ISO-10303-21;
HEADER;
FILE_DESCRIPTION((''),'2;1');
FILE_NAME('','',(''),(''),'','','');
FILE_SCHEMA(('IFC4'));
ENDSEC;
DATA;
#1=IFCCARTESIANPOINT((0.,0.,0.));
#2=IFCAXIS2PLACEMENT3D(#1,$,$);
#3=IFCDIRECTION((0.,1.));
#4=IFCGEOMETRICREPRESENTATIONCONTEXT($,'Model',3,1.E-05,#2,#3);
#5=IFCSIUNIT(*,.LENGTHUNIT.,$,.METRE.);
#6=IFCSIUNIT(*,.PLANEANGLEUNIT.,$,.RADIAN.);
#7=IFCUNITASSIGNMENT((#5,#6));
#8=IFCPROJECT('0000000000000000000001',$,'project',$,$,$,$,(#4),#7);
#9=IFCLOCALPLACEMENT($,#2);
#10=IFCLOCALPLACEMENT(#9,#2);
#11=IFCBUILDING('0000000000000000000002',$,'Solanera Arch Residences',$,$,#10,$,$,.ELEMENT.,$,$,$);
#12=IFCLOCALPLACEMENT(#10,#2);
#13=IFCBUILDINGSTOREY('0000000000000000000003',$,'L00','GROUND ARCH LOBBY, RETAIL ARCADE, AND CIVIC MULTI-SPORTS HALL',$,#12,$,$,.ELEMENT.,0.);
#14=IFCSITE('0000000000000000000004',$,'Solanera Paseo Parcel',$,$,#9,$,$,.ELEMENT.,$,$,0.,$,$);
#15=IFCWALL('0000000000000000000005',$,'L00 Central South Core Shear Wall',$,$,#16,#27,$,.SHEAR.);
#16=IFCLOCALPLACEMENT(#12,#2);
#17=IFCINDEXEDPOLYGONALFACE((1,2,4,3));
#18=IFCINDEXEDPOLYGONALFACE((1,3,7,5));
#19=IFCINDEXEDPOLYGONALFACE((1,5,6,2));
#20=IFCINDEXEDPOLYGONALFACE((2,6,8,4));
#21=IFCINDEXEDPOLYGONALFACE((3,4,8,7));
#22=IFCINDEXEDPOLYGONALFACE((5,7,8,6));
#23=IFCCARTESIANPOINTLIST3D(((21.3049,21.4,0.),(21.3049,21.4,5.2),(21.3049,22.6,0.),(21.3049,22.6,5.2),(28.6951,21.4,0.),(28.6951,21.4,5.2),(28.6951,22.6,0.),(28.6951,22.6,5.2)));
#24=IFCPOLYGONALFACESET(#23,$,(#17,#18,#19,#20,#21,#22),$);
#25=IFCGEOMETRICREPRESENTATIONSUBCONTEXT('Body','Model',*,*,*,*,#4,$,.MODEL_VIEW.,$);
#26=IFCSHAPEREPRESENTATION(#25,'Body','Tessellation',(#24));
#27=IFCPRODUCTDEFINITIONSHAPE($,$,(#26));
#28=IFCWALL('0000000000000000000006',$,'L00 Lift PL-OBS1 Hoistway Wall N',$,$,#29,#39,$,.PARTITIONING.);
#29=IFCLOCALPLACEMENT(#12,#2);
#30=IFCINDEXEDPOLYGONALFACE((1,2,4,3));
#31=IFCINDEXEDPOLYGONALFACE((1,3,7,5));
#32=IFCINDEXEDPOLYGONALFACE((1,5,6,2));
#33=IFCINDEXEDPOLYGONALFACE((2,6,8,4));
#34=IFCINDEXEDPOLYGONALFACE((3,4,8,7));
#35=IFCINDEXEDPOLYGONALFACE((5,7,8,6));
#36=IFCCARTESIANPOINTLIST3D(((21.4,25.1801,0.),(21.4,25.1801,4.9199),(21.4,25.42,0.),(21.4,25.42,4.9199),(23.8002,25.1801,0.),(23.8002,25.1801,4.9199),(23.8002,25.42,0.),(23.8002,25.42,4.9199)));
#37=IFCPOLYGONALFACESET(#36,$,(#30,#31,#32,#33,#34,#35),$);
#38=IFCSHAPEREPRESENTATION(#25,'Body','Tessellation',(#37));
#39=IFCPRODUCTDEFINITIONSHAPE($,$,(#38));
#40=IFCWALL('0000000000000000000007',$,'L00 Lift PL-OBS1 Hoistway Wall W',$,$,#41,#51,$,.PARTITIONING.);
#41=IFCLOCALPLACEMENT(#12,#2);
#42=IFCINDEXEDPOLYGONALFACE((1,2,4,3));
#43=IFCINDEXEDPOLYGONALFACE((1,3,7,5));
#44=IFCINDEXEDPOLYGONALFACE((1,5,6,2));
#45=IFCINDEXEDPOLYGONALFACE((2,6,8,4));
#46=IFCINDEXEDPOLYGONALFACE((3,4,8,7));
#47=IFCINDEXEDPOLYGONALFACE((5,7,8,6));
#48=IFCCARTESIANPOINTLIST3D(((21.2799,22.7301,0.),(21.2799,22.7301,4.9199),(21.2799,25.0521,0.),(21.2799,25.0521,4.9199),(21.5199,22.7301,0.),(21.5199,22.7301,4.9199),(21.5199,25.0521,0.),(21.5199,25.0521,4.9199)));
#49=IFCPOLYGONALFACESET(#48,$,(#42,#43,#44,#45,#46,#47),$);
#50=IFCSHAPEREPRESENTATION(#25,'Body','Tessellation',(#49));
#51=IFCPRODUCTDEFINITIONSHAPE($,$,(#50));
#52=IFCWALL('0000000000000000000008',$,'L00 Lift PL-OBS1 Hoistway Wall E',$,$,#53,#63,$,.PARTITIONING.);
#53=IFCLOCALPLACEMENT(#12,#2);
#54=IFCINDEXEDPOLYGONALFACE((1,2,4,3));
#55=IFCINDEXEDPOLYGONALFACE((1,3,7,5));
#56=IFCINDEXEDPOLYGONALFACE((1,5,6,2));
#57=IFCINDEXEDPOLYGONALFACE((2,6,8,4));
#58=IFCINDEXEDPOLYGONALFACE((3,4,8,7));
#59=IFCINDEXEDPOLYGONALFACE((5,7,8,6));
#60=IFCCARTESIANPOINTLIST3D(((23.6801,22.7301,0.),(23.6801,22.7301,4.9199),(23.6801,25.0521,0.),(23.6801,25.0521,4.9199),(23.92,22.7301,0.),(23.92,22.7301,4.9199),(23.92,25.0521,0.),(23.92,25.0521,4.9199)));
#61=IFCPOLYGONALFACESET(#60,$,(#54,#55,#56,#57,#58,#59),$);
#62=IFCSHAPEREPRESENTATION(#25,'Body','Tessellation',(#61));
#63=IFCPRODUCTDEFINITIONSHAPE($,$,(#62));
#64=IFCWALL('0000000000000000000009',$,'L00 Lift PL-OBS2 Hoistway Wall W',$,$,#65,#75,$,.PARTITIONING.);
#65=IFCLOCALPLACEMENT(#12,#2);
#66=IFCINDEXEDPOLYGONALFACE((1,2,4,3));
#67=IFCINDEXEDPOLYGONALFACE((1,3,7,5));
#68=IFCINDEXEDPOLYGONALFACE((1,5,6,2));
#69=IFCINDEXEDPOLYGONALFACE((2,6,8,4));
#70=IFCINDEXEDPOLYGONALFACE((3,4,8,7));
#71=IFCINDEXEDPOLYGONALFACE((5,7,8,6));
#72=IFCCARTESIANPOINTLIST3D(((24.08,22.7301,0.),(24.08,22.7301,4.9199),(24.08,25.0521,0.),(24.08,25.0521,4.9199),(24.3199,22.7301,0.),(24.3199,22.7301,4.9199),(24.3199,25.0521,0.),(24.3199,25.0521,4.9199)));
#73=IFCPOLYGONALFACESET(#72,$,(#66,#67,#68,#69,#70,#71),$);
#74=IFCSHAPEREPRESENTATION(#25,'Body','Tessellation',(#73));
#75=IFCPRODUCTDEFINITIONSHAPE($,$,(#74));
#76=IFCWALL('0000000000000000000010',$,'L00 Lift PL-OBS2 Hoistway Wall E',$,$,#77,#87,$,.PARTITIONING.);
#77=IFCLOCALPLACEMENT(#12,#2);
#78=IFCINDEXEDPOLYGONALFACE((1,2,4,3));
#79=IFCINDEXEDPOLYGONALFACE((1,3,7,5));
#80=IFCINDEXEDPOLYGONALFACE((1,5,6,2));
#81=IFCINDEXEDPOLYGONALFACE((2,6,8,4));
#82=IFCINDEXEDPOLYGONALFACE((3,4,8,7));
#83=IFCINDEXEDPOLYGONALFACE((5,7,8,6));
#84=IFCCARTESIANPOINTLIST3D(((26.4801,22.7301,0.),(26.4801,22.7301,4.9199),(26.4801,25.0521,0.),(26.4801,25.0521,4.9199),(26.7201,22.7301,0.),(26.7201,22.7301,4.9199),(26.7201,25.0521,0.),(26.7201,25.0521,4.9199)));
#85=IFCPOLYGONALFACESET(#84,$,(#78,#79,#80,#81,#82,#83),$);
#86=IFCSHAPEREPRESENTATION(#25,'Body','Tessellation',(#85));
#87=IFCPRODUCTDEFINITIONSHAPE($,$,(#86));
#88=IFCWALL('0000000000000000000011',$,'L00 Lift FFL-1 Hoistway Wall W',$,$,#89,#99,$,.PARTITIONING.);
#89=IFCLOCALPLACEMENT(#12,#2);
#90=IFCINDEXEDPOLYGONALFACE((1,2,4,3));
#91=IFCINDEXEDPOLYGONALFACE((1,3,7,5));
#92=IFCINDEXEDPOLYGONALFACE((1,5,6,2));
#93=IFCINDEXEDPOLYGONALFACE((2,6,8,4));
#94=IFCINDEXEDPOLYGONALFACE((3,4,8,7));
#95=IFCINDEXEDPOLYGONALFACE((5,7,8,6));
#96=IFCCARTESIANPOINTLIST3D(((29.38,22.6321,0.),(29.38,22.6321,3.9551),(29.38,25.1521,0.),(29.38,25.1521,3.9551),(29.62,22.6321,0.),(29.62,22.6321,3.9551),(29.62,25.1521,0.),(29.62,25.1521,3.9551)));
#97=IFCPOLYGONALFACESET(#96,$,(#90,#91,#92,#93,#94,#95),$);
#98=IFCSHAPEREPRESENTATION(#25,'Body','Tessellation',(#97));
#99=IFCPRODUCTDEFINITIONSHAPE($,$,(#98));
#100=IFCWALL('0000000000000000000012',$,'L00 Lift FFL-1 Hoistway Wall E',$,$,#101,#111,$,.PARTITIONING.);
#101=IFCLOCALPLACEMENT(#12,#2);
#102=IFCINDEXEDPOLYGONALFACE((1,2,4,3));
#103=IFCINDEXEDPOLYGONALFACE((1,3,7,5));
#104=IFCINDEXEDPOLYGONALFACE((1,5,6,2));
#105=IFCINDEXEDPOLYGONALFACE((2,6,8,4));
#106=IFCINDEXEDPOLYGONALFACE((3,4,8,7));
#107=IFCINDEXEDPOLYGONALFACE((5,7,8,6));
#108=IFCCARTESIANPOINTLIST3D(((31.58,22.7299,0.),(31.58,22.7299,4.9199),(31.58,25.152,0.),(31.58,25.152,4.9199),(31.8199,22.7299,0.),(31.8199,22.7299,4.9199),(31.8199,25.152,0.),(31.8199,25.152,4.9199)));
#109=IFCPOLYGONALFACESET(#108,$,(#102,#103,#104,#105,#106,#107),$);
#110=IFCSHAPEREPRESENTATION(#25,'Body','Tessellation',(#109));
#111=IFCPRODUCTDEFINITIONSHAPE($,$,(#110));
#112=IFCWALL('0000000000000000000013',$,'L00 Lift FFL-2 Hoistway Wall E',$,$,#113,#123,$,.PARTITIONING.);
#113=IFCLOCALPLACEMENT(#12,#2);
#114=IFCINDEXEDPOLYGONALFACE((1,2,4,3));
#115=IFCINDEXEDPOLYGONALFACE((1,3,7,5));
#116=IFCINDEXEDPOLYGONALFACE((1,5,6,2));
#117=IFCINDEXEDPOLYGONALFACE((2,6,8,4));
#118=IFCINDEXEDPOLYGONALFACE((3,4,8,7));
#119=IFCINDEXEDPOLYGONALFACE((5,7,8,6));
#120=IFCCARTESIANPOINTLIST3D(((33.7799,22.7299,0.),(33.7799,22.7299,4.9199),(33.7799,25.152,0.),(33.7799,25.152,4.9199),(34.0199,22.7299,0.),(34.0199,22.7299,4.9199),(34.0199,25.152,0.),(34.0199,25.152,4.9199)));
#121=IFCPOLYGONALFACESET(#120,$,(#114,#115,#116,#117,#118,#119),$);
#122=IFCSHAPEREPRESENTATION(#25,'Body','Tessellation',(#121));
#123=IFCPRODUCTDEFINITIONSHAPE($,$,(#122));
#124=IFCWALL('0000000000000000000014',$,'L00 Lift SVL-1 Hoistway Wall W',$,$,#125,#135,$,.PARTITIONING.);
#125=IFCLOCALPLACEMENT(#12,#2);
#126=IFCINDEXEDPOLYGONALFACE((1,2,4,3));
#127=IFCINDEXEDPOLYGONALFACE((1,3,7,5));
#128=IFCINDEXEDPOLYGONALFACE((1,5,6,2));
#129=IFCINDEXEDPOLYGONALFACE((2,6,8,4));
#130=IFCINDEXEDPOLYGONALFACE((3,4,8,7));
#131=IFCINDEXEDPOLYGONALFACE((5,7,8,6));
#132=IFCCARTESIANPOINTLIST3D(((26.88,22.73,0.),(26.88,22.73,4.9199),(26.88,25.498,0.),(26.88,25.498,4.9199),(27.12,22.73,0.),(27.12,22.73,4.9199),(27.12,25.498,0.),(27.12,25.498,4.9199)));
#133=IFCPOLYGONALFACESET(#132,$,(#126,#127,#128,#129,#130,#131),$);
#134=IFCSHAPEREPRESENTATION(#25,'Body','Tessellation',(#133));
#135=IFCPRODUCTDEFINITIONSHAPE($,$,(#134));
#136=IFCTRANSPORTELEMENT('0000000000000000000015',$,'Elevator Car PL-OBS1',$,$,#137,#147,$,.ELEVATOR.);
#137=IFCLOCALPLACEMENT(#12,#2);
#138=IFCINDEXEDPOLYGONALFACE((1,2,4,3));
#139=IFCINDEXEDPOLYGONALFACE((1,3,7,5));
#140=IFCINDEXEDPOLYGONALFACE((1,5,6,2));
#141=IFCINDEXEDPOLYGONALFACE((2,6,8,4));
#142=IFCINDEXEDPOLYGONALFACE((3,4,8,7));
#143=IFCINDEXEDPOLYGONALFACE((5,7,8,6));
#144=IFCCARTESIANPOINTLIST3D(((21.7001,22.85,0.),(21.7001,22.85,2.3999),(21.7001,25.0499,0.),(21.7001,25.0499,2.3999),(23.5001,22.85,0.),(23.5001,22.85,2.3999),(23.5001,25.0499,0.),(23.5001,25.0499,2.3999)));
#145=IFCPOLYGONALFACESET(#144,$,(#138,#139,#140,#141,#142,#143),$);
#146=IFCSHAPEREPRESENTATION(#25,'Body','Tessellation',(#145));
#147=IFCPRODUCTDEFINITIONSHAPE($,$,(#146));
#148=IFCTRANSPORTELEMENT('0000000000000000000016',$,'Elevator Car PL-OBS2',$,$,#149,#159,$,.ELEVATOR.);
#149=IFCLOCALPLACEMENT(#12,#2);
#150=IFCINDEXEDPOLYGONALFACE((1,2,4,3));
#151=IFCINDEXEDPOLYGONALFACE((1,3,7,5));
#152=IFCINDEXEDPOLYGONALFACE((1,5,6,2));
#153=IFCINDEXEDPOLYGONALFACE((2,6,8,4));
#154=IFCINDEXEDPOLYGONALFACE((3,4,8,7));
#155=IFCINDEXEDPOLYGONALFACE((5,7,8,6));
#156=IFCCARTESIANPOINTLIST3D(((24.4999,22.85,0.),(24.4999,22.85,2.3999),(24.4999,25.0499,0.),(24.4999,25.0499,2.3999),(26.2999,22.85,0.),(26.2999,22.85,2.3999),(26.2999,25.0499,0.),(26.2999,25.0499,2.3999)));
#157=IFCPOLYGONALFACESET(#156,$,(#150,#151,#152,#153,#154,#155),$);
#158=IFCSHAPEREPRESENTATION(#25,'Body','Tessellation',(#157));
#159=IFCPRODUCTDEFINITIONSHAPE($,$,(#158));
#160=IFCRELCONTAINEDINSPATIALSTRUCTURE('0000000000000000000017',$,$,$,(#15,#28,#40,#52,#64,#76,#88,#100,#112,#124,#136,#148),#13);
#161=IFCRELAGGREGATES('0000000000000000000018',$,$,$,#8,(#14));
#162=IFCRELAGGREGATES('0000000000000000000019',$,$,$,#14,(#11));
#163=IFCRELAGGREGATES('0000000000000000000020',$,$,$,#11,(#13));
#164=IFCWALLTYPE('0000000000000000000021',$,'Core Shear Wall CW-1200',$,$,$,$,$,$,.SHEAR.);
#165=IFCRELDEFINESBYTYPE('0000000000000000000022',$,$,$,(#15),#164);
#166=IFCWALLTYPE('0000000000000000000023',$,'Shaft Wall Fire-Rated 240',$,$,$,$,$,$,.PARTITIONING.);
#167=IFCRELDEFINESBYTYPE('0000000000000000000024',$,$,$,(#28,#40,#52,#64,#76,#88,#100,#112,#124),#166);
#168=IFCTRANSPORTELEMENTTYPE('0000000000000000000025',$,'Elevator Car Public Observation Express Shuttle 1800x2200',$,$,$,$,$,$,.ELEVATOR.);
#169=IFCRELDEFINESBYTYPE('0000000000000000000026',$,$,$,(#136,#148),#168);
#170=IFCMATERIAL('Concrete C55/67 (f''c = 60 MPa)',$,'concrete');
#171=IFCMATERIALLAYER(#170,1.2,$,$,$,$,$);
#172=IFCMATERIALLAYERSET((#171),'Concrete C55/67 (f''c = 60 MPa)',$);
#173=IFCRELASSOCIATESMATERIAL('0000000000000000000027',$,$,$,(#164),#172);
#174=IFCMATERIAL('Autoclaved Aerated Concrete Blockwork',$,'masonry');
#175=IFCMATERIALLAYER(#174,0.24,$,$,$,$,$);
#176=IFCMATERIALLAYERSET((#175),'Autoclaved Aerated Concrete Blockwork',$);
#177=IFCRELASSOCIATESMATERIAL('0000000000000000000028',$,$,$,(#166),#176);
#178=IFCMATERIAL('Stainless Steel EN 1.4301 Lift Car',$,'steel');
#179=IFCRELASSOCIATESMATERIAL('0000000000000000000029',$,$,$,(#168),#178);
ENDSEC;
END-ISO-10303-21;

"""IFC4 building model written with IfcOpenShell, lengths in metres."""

from ifc_helpers import new_model, si_unit, direction, frame, frame_2d, origin, origin_2d, place, context, subcontext, project, spatial, rectangle, extrude, material, layer, layer_set, type_object, element, save


model = new_model("IFC4")

# Units and contexts
model_context = context("Model", 3, precision=1e-05, world=origin(), true_north=direction((0.0, 1.0)))
body_context = subcontext(model_context, "Body", "Model", "MODEL_VIEW")
ifc_project = project(units=[si_unit("LENGTHUNIT", "METRE"), si_unit("PLANEANGLEUNIT", "RADIAN")], contexts=[model_context])

# Site, building, storey
site_placement = place(None, origin())
site = spatial("IfcSite", under=ifc_project, at=site_placement, Name="Solanera Paseo Parcel", CompositionType="ELEMENT", RefElevation=0.0)
building_placement = place(site_placement, origin())
building = spatial("IfcBuilding", under=site, at=building_placement, Name="Solanera Arch Residences", CompositionType="ELEMENT")
storey_placement = place(building_placement, origin())
storey = spatial("IfcBuildingStorey", under=building, at=storey_placement, Name="L00", Description="GROUND ARCH LOBBY, RETAIL ARCADE, AND CIVIC MULTI-SPORTS HALL", CompositionType="ELEMENT", Elevation=0.0)

# Walls
ifc_material_1 = material(Name="Concrete C55/67 (f'c = 60 MPa)", Category="concrete")
ifc_layer_1 = layer(ifc_material_1, 1.2)
ifc_layer_set_1 = layer_set([ifc_layer_1], Name="Concrete C55/67 (f'c = 60 MPa)")
wall_type_1 = type_object("IfcWallType", Name="Core Shear Wall CW-1200", PredefinedType="SHEAR", material=ifc_layer_set_1)
wall_1_placement = place(storey_placement, frame((21.3049, 22.0, 0.0), z_axis=(0.0, 0.0, 1.0), x_axis=(1.0, 0.0, 0.0)))
element("IfcWall", 1, at=wall_1_placement, inside=storey, type_object=wall_type_1, Name="L00 Central South Core Shear Wall", PredefinedType="SHEAR", context=body_context, shape_type="SweptSolid", body=[
    extrude(rectangle(XDim=7.3901, YDim=1.2, at=frame_2d((3.6951, 0.0))), origin(), (0.0, 0.0, 1.0), 5.2),
])
ifc_material_2 = material(Name="Autoclaved Aerated Concrete Blockwork", Category="masonry")
ifc_layer_2 = layer(ifc_material_2, 0.24)
ifc_layer_set_2 = layer_set([ifc_layer_2], Name="Autoclaved Aerated Concrete Blockwork")
wall_type_2 = type_object("IfcWallType", Name="Shaft Wall Fire-Rated 240", PredefinedType="PARTITIONING", material=ifc_layer_set_2)
wall_2_placement = place(storey_placement, frame((21.3999, 25.3, 0.0), z_axis=(0.0, 0.0, 1.0), x_axis=(1.0, 0.0, 0.0)))
element("IfcWall", 2, at=wall_2_placement, inside=storey, type_object=wall_type_2, Name="L00 Lift PL-OBS1 Hoistway Wall N", PredefinedType="PARTITIONING", context=body_context, shape_type="SweptSolid", body=[
    extrude(rectangle(XDim=2.4001, YDim=0.24, at=frame_2d((1.2002, 0.0))), origin(), (0.0, 0.0, 1.0), 4.9199),
])
for number, where, z_axis, x_axis, name in (
    (3, (21.3999, 22.73, 0.0), (0.0, 0.0, 1.0), (0.0, 1.0, 0.0), "L00 Lift PL-OBS1 Hoistway Wall W"),
    (4, (23.8, 22.73, 0.0), (0.0, 0.0, 1.0), (0.0, 1.0, 0.0), "L00 Lift PL-OBS1 Hoistway Wall E"),
    (5, (24.2, 22.73, 0.0), (0.0, 0.0, 1.0), (0.0, 1.0, 0.0), "L00 Lift PL-OBS2 Hoistway Wall W"),
    (6, (26.6001, 22.73, 0.0), (0.0, 0.0, 1.0), (0.0, 1.0, 0.0), "L00 Lift PL-OBS2 Hoistway Wall E"),
):
    element("IfcWall", number, at=place(storey_placement, frame(where, z_axis=z_axis, x_axis=x_axis)), inside=storey, type_object=wall_type_2, Name=name, PredefinedType="PARTITIONING", context=body_context, shape_type="SweptSolid", body=[
        extrude(rectangle(XDim=2.322, YDim=0.24, at=frame_2d((1.1611, 0.0))), origin(), (0.0, 0.0, 1.0), 4.9199),
    ])
wall_3_placement = place(storey_placement, frame((29.5, 22.6321, 0.0), z_axis=(0.0, 0.0, 1.0), x_axis=(0.0, 1.0, 0.0)))
element("IfcWall", 7, at=wall_3_placement, inside=storey, type_object=wall_type_2, Name="L00 Lift FFL-1 Hoistway Wall W", PredefinedType="PARTITIONING", context=body_context, shape_type="SweptSolid", body=[
    extrude(rectangle(XDim=2.52, YDim=0.24, at=frame_2d((1.26, 0.0))), origin(), (0.0, 0.0, 1.0), 3.9551),
])
for number, where, z_axis, x_axis, name in (
    (8, (31.7, 22.73, 0.0), (0.0, 0.0, 1.0), (0.0, 1.0, 0.0), "L00 Lift FFL-1 Hoistway Wall E"),
    (9, (33.8999, 22.73, 0.0), (0.0, 0.0, 1.0), (0.0, 1.0, 0.0), "L00 Lift FFL-2 Hoistway Wall E"),
):
    element("IfcWall", number, at=place(storey_placement, frame(where, z_axis=z_axis, x_axis=x_axis)), inside=storey, type_object=wall_type_2, Name=name, PredefinedType="PARTITIONING", context=body_context, shape_type="SweptSolid", body=[
        extrude(rectangle(XDim=2.4221, YDim=0.24, at=frame_2d((1.2109, 0.0))), origin(), (0.0, 0.0, 1.0), 4.9199),
    ])
wall_4_placement = place(storey_placement, frame((27.0, 22.73, 0.0), z_axis=(0.0, 0.0, 1.0), x_axis=(0.0, 1.0, 0.0)))
element("IfcWall", 10, at=wall_4_placement, inside=storey, type_object=wall_type_2, Name="L00 Lift SVL-1 Hoistway Wall W", PredefinedType="PARTITIONING", context=body_context, shape_type="SweptSolid", body=[
    extrude(rectangle(XDim=2.7681, YDim=0.24, at=frame_2d((1.384, 0.0))), origin(), (0.0, 0.0, 1.0), 4.9199),
])

# Transport elements
ifc_material_3 = material(Name="Stainless Steel EN 1.4301 Lift Car", Category="steel")
transport_element_type = type_object("IfcTransportElementType", Name="Elevator Car Public Observation Express Shuttle 1800x2200", PredefinedType="ELEVATOR", material=ifc_material_3)
for number, where, z_axis, x_axis, name in (
    (11, (22.6001, 23.95, 0.0), (0.0, 0.0, 1.0), (1.0, 0.0, 0.0), "Elevator Car PL-OBS1"),
    (12, (25.3999, 23.95, 0.0), (0.0, 0.0, 1.0), (1.0, 0.0, 0.0), "Elevator Car PL-OBS2"),
):
    element("IfcTransportElement", number, at=place(storey_placement, frame(where, z_axis=z_axis, x_axis=x_axis)), inside=storey, type_object=transport_element_type, Name=name, PredefinedType="ELEVATOR", context=body_context, shape_type="SweptSolid", body=[
        extrude(rectangle(XDim=1.8, YDim=2.2, at=origin_2d()), origin(), (0.0, 0.0, 1.0), 2.3999),
    ])

save(model, "model.ifc")
